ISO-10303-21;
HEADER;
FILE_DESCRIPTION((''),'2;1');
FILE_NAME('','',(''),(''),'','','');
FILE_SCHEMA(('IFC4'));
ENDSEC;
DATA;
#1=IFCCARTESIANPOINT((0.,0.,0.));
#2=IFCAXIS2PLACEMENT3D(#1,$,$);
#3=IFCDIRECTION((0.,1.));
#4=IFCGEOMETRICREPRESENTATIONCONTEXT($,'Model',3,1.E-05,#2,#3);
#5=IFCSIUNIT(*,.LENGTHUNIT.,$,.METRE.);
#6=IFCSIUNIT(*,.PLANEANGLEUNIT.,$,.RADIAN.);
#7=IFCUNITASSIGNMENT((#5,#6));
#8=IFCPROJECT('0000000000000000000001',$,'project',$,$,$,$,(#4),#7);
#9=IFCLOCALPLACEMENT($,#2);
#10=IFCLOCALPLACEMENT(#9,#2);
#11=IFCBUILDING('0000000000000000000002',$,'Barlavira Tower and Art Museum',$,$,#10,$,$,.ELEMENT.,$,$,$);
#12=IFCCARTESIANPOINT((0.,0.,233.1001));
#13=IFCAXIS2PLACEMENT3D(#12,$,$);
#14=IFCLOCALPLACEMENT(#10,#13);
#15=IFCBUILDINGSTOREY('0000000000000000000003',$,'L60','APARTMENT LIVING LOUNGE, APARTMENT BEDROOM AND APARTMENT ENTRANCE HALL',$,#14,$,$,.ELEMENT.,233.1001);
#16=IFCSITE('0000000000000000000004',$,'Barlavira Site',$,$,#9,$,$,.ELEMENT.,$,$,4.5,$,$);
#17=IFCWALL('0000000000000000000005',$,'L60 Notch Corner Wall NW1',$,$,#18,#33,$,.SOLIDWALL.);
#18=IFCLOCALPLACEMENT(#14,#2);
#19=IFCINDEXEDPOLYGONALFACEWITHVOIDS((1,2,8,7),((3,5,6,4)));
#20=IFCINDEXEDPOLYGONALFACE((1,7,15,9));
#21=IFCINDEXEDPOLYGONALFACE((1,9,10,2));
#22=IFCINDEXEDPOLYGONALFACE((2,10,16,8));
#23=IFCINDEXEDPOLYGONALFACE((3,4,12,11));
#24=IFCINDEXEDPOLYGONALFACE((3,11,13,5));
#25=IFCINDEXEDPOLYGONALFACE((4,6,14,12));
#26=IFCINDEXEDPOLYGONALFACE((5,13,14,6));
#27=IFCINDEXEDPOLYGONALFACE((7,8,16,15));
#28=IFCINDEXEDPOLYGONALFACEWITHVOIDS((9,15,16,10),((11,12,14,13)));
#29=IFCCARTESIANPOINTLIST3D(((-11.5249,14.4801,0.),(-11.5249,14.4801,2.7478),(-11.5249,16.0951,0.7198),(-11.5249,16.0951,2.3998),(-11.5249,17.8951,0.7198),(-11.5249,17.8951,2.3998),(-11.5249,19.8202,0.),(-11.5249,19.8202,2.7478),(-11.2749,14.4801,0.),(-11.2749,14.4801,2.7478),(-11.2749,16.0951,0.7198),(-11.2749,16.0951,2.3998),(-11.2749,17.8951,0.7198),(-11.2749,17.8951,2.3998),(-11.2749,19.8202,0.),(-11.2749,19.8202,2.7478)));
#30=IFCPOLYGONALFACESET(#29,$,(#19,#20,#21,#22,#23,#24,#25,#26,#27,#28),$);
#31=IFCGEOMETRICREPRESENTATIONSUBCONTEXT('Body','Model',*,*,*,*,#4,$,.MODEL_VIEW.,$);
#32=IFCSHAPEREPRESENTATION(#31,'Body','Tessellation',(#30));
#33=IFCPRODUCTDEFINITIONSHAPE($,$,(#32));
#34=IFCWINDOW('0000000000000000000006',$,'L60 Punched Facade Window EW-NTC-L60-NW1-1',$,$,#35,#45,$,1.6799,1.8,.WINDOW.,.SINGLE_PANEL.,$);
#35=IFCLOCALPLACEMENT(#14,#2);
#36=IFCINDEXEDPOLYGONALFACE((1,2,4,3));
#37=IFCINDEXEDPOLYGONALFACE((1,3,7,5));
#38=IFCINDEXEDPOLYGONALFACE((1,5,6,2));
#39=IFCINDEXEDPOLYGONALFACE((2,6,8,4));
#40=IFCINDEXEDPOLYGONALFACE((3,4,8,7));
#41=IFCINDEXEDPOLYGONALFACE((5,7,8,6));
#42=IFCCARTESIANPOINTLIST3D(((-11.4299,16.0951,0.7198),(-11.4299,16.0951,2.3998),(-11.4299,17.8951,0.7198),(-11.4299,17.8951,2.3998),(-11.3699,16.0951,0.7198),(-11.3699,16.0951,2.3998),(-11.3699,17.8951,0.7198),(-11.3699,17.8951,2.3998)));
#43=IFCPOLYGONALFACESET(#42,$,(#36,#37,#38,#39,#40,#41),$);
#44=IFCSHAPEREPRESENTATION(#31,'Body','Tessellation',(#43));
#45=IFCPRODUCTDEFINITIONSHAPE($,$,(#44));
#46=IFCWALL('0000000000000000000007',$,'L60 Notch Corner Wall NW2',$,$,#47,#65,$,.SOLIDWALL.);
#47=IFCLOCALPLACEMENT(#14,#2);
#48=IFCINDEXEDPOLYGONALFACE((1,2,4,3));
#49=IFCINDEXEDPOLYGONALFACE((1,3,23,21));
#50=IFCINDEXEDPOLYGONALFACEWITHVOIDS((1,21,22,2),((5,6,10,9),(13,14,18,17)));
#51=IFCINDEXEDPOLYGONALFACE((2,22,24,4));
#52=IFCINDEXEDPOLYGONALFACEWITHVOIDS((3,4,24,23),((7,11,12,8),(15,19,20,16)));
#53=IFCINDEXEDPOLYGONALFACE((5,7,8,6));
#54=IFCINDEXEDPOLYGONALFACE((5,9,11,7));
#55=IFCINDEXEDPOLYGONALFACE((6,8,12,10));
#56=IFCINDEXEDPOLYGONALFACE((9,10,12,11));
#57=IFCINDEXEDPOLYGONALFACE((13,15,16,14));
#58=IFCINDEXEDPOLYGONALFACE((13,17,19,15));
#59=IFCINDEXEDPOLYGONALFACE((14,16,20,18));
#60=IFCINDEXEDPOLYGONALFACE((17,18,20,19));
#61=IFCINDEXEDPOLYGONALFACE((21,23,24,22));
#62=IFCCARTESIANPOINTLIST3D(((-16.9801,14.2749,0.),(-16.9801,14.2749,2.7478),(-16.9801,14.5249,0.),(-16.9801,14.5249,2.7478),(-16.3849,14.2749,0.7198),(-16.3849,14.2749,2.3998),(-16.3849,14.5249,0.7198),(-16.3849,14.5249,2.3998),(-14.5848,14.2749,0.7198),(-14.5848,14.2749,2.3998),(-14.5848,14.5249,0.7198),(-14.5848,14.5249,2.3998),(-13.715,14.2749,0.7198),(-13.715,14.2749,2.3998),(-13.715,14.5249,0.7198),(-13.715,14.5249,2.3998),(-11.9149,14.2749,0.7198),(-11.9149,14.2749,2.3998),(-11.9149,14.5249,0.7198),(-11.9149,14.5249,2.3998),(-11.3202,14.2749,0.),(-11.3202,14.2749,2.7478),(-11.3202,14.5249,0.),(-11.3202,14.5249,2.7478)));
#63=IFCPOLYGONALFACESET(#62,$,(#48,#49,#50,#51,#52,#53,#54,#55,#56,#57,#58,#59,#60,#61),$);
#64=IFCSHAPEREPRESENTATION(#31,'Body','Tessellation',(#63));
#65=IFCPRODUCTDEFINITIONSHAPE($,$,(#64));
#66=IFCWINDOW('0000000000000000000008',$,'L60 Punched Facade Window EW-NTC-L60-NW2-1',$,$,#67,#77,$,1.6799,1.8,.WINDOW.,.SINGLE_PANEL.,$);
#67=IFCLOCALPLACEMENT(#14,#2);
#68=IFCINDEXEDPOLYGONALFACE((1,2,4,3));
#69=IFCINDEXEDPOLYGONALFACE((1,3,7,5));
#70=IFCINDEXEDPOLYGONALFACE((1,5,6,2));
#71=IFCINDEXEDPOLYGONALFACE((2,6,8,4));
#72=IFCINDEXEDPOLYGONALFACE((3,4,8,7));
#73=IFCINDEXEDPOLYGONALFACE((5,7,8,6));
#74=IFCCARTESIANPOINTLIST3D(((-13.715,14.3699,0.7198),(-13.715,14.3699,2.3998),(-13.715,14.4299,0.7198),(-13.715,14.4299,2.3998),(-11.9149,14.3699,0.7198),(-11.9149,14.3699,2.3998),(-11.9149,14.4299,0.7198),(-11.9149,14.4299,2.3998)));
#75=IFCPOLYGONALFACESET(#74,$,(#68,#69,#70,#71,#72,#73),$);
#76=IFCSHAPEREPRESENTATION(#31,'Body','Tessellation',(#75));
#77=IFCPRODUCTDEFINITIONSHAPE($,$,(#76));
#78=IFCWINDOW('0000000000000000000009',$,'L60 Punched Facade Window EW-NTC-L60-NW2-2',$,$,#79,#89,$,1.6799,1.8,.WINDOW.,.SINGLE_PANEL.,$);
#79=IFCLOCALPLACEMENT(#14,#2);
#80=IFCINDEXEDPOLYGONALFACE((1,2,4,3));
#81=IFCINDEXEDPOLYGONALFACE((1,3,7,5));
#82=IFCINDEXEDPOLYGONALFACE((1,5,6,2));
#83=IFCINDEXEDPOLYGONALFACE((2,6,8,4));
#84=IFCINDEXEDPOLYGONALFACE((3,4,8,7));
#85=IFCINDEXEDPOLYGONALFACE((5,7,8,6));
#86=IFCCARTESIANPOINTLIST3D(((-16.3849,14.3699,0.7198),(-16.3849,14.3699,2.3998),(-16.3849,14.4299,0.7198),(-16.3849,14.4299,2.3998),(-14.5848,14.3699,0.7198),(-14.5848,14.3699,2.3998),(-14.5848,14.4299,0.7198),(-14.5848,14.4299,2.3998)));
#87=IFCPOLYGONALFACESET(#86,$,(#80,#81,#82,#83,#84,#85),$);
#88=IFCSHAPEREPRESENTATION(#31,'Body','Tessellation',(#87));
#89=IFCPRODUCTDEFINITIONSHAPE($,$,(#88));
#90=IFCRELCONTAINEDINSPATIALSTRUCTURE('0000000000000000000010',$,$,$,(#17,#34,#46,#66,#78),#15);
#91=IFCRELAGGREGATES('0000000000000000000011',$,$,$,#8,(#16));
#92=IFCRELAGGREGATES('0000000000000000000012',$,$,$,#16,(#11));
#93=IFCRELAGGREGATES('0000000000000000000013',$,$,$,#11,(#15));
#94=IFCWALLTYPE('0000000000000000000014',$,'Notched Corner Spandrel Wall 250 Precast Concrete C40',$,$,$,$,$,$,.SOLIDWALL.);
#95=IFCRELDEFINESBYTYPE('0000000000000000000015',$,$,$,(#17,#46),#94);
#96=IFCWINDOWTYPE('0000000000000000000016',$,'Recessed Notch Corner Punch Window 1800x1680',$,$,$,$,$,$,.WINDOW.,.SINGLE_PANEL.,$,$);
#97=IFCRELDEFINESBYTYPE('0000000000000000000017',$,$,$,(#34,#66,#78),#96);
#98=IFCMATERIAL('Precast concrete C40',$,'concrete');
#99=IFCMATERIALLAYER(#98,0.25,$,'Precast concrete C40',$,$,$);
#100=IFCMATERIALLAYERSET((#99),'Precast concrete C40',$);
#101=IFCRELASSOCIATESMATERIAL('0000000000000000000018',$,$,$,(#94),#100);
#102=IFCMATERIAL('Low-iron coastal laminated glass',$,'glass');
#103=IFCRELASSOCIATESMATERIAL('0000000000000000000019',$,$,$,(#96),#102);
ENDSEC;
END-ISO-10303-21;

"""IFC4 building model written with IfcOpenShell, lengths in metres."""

from ifc_helpers import new_model, si_unit, direction, frame, frame_2d, origin, place, context, subcontext, project, spatial, rectangle, extrude, material, layer, layer_set, type_object, element, fill, save


model = new_model("IFC4")

# Units and contexts
model_context = context("Model", 3, precision=1e-05, world=origin(), true_north=direction((0.0, 1.0)))
body_context = subcontext(model_context, "Body", "Model", "MODEL_VIEW")
ifc_project = project(units=[si_unit("LENGTHUNIT", "METRE"), si_unit("PLANEANGLEUNIT", "RADIAN")], contexts=[model_context])

# Site, building, storey
site_placement = place(None, origin())
site = spatial("IfcSite", under=ifc_project, at=site_placement, Name="Barlavira Site", CompositionType="ELEMENT", RefElevation=4.5)
building_placement = place(site_placement, origin())
building = spatial("IfcBuilding", under=site, at=building_placement, Name="Barlavira Tower and Art Museum", CompositionType="ELEMENT")
storey_placement = place(building_placement, frame((0.0, 0.0, 233.1001)))
storey = spatial("IfcBuildingStorey", under=building, at=storey_placement, Name="L60", Description="APARTMENT LIVING LOUNGE, APARTMENT BEDROOM AND APARTMENT ENTRANCE HALL", CompositionType="ELEMENT", Elevation=233.1001)

# Shared definitions
ifc_material_1 = material(Name="Precast concrete C40", Category="concrete")
ifc_layer_1 = layer(ifc_material_1, 0.25, Name="Precast concrete C40")
ifc_layer_set_1 = layer_set([ifc_layer_1], Name="Precast concrete C40")
wall_type_1 = type_object("IfcWallType", Name="Notched Corner Spandrel Wall 250 Precast Concrete C40", PredefinedType="SOLIDWALL", material=ifc_layer_set_1)
ifc_material_2 = material(Name="Low-iron coastal laminated glass", Category="glass")
window_type = type_object("IfcWindowType", Name="Recessed Notch Corner Punch Window 1800x1680", PartitioningType="SINGLE_PANEL", PredefinedType="WINDOW", material=ifc_material_2)

# Wall, opening, window
wall_1_placement = place(storey_placement, frame((-11.3999, 19.8201, 0.0), z_axis=(0.0, 0.0, 1.0), x_axis=(0.0, -1.0, 0.0)))
wall_1 = element("IfcWall", 1, at=wall_1_placement, inside=storey, type_object=wall_type_1, Name="L60 Notch Corner Wall NW1", PredefinedType="SOLIDWALL", context=body_context, shape_type="SweptSolid", body=[
    extrude(rectangle(XDim=5.3401, YDim=0.25, at=frame_2d((2.6699, 0.0))), origin(), (0.0, 0.0, 1.0), 2.7478),
])
opening_1_placement = place(wall_1_placement, frame((1.925, 0.0, 0.72)))
opening_1 = element("IfcOpeningElement", 2, at=opening_1_placement, cuts=wall_1, PredefinedType="OPENING", context=body_context, shape_type="SweptSolid", body=[
    extrude(rectangle(XDim=1.8, YDim=1.6799, at=frame_2d((0.8999, 0.8398))), frame((0.0, 0.135, 0.0), z_axis=(0.0, -1.0, 0.0), x_axis=(1.0, 0.0, 0.0)), (0.0, 0.0, 1.0), 0.27),
])
window_1_placement = place(opening_1_placement, origin())
window_1 = element("IfcWindow", 3, at=window_1_placement, inside=storey, type_object=window_type, Name="L60 Punched Facade Window EW-NTC-L60-NW1-1", OverallHeight=1.6799, OverallWidth=1.8, PartitioningType="SINGLE_PANEL", PredefinedType="WINDOW", context=body_context, shape_type="SweptSolid", body=[
    extrude(rectangle(XDim=1.8, YDim=1.6799, at=frame_2d((0.8999, 0.8398))), frame((0.0, 0.03, 0.0), z_axis=(0.0, -1.0, 0.0), x_axis=(1.0, 0.0, 0.0)), (0.0, 0.0, 1.0), 0.0601),
])
fill(opening_1, window_1)

# Wall, openings, windows
wall_2_placement = place(storey_placement, frame((-11.3201, 14.3999, 0.0), z_axis=(0.0, 0.0, 1.0), x_axis=(-1.0, 0.0, 0.0)))
wall_2 = element("IfcWall", 4, at=wall_2_placement, inside=storey, type_object=wall_type_1, Name="L60 Notch Corner Wall NW2", PredefinedType="SOLIDWALL", context=body_context, shape_type="SweptSolid", body=[
    extrude(rectangle(XDim=5.6599, YDim=0.25, at=frame_2d((2.8301, 0.0))), origin(), (0.0, 0.0, 1.0), 2.7478),
])
opening_2_placement = place(wall_2_placement, frame((0.595, 0.0, 0.72)))
opening_2 = element("IfcOpeningElement", 5, at=opening_2_placement, cuts=wall_2, PredefinedType="OPENING", context=body_context, shape_type="SweptSolid", body=[
    extrude(rectangle(XDim=1.8, YDim=1.6799, at=frame_2d((0.8999, 0.8398))), frame((0.0, 0.135, 0.0), z_axis=(0.0, -1.0, 0.0), x_axis=(1.0, 0.0, 0.0)), (0.0, 0.0, 1.0), 0.27),
])
opening_3_placement = place(wall_2_placement, frame((3.2649, 0.0, 0.72)))
opening_3 = element("IfcOpeningElement", 6, at=opening_3_placement, cuts=wall_2, PredefinedType="OPENING", context=body_context, shape_type="SweptSolid", body=[
    extrude(rectangle(XDim=1.8, YDim=1.6799, at=frame_2d((0.8999, 0.8398))), frame((0.0, 0.135, 0.0), z_axis=(0.0, -1.0, 0.0), x_axis=(1.0, 0.0, 0.0)), (0.0, 0.0, 1.0), 0.27),
])
window_2_placement = place(opening_2_placement, origin())
window_2 = element("IfcWindow", 7, at=window_2_placement, inside=storey, type_object=window_type, Name="L60 Punched Facade Window EW-NTC-L60-NW2-1", OverallHeight=1.6799, OverallWidth=1.8, PartitioningType="SINGLE_PANEL", PredefinedType="WINDOW", context=body_context, shape_type="SweptSolid", body=[
    extrude(rectangle(XDim=1.8, YDim=1.6799, at=frame_2d((0.8999, 0.8398))), frame((0.0, 0.03, 0.0), z_axis=(0.0, -1.0, 0.0), x_axis=(1.0, 0.0, 0.0)), (0.0, 0.0, 1.0), 0.0601),
])
fill(opening_2, window_2)
window_3_placement = place(opening_3_placement, origin())
window_3 = element("IfcWindow", 8, at=window_3_placement, inside=storey, type_object=window_type, Name="L60 Punched Facade Window EW-NTC-L60-NW2-2", OverallHeight=1.6799, OverallWidth=1.8, PartitioningType="SINGLE_PANEL", PredefinedType="WINDOW", context=body_context, shape_type="SweptSolid", body=[
    extrude(rectangle(XDim=1.8, YDim=1.6799, at=frame_2d((0.8999, 0.8398))), frame((0.0, 0.03, 0.0), z_axis=(0.0, -1.0, 0.0), x_axis=(1.0, 0.0, 0.0)), (0.0, 0.0, 1.0), 0.0601),
])
fill(opening_3, window_3)

save(model, "model.ifc")
